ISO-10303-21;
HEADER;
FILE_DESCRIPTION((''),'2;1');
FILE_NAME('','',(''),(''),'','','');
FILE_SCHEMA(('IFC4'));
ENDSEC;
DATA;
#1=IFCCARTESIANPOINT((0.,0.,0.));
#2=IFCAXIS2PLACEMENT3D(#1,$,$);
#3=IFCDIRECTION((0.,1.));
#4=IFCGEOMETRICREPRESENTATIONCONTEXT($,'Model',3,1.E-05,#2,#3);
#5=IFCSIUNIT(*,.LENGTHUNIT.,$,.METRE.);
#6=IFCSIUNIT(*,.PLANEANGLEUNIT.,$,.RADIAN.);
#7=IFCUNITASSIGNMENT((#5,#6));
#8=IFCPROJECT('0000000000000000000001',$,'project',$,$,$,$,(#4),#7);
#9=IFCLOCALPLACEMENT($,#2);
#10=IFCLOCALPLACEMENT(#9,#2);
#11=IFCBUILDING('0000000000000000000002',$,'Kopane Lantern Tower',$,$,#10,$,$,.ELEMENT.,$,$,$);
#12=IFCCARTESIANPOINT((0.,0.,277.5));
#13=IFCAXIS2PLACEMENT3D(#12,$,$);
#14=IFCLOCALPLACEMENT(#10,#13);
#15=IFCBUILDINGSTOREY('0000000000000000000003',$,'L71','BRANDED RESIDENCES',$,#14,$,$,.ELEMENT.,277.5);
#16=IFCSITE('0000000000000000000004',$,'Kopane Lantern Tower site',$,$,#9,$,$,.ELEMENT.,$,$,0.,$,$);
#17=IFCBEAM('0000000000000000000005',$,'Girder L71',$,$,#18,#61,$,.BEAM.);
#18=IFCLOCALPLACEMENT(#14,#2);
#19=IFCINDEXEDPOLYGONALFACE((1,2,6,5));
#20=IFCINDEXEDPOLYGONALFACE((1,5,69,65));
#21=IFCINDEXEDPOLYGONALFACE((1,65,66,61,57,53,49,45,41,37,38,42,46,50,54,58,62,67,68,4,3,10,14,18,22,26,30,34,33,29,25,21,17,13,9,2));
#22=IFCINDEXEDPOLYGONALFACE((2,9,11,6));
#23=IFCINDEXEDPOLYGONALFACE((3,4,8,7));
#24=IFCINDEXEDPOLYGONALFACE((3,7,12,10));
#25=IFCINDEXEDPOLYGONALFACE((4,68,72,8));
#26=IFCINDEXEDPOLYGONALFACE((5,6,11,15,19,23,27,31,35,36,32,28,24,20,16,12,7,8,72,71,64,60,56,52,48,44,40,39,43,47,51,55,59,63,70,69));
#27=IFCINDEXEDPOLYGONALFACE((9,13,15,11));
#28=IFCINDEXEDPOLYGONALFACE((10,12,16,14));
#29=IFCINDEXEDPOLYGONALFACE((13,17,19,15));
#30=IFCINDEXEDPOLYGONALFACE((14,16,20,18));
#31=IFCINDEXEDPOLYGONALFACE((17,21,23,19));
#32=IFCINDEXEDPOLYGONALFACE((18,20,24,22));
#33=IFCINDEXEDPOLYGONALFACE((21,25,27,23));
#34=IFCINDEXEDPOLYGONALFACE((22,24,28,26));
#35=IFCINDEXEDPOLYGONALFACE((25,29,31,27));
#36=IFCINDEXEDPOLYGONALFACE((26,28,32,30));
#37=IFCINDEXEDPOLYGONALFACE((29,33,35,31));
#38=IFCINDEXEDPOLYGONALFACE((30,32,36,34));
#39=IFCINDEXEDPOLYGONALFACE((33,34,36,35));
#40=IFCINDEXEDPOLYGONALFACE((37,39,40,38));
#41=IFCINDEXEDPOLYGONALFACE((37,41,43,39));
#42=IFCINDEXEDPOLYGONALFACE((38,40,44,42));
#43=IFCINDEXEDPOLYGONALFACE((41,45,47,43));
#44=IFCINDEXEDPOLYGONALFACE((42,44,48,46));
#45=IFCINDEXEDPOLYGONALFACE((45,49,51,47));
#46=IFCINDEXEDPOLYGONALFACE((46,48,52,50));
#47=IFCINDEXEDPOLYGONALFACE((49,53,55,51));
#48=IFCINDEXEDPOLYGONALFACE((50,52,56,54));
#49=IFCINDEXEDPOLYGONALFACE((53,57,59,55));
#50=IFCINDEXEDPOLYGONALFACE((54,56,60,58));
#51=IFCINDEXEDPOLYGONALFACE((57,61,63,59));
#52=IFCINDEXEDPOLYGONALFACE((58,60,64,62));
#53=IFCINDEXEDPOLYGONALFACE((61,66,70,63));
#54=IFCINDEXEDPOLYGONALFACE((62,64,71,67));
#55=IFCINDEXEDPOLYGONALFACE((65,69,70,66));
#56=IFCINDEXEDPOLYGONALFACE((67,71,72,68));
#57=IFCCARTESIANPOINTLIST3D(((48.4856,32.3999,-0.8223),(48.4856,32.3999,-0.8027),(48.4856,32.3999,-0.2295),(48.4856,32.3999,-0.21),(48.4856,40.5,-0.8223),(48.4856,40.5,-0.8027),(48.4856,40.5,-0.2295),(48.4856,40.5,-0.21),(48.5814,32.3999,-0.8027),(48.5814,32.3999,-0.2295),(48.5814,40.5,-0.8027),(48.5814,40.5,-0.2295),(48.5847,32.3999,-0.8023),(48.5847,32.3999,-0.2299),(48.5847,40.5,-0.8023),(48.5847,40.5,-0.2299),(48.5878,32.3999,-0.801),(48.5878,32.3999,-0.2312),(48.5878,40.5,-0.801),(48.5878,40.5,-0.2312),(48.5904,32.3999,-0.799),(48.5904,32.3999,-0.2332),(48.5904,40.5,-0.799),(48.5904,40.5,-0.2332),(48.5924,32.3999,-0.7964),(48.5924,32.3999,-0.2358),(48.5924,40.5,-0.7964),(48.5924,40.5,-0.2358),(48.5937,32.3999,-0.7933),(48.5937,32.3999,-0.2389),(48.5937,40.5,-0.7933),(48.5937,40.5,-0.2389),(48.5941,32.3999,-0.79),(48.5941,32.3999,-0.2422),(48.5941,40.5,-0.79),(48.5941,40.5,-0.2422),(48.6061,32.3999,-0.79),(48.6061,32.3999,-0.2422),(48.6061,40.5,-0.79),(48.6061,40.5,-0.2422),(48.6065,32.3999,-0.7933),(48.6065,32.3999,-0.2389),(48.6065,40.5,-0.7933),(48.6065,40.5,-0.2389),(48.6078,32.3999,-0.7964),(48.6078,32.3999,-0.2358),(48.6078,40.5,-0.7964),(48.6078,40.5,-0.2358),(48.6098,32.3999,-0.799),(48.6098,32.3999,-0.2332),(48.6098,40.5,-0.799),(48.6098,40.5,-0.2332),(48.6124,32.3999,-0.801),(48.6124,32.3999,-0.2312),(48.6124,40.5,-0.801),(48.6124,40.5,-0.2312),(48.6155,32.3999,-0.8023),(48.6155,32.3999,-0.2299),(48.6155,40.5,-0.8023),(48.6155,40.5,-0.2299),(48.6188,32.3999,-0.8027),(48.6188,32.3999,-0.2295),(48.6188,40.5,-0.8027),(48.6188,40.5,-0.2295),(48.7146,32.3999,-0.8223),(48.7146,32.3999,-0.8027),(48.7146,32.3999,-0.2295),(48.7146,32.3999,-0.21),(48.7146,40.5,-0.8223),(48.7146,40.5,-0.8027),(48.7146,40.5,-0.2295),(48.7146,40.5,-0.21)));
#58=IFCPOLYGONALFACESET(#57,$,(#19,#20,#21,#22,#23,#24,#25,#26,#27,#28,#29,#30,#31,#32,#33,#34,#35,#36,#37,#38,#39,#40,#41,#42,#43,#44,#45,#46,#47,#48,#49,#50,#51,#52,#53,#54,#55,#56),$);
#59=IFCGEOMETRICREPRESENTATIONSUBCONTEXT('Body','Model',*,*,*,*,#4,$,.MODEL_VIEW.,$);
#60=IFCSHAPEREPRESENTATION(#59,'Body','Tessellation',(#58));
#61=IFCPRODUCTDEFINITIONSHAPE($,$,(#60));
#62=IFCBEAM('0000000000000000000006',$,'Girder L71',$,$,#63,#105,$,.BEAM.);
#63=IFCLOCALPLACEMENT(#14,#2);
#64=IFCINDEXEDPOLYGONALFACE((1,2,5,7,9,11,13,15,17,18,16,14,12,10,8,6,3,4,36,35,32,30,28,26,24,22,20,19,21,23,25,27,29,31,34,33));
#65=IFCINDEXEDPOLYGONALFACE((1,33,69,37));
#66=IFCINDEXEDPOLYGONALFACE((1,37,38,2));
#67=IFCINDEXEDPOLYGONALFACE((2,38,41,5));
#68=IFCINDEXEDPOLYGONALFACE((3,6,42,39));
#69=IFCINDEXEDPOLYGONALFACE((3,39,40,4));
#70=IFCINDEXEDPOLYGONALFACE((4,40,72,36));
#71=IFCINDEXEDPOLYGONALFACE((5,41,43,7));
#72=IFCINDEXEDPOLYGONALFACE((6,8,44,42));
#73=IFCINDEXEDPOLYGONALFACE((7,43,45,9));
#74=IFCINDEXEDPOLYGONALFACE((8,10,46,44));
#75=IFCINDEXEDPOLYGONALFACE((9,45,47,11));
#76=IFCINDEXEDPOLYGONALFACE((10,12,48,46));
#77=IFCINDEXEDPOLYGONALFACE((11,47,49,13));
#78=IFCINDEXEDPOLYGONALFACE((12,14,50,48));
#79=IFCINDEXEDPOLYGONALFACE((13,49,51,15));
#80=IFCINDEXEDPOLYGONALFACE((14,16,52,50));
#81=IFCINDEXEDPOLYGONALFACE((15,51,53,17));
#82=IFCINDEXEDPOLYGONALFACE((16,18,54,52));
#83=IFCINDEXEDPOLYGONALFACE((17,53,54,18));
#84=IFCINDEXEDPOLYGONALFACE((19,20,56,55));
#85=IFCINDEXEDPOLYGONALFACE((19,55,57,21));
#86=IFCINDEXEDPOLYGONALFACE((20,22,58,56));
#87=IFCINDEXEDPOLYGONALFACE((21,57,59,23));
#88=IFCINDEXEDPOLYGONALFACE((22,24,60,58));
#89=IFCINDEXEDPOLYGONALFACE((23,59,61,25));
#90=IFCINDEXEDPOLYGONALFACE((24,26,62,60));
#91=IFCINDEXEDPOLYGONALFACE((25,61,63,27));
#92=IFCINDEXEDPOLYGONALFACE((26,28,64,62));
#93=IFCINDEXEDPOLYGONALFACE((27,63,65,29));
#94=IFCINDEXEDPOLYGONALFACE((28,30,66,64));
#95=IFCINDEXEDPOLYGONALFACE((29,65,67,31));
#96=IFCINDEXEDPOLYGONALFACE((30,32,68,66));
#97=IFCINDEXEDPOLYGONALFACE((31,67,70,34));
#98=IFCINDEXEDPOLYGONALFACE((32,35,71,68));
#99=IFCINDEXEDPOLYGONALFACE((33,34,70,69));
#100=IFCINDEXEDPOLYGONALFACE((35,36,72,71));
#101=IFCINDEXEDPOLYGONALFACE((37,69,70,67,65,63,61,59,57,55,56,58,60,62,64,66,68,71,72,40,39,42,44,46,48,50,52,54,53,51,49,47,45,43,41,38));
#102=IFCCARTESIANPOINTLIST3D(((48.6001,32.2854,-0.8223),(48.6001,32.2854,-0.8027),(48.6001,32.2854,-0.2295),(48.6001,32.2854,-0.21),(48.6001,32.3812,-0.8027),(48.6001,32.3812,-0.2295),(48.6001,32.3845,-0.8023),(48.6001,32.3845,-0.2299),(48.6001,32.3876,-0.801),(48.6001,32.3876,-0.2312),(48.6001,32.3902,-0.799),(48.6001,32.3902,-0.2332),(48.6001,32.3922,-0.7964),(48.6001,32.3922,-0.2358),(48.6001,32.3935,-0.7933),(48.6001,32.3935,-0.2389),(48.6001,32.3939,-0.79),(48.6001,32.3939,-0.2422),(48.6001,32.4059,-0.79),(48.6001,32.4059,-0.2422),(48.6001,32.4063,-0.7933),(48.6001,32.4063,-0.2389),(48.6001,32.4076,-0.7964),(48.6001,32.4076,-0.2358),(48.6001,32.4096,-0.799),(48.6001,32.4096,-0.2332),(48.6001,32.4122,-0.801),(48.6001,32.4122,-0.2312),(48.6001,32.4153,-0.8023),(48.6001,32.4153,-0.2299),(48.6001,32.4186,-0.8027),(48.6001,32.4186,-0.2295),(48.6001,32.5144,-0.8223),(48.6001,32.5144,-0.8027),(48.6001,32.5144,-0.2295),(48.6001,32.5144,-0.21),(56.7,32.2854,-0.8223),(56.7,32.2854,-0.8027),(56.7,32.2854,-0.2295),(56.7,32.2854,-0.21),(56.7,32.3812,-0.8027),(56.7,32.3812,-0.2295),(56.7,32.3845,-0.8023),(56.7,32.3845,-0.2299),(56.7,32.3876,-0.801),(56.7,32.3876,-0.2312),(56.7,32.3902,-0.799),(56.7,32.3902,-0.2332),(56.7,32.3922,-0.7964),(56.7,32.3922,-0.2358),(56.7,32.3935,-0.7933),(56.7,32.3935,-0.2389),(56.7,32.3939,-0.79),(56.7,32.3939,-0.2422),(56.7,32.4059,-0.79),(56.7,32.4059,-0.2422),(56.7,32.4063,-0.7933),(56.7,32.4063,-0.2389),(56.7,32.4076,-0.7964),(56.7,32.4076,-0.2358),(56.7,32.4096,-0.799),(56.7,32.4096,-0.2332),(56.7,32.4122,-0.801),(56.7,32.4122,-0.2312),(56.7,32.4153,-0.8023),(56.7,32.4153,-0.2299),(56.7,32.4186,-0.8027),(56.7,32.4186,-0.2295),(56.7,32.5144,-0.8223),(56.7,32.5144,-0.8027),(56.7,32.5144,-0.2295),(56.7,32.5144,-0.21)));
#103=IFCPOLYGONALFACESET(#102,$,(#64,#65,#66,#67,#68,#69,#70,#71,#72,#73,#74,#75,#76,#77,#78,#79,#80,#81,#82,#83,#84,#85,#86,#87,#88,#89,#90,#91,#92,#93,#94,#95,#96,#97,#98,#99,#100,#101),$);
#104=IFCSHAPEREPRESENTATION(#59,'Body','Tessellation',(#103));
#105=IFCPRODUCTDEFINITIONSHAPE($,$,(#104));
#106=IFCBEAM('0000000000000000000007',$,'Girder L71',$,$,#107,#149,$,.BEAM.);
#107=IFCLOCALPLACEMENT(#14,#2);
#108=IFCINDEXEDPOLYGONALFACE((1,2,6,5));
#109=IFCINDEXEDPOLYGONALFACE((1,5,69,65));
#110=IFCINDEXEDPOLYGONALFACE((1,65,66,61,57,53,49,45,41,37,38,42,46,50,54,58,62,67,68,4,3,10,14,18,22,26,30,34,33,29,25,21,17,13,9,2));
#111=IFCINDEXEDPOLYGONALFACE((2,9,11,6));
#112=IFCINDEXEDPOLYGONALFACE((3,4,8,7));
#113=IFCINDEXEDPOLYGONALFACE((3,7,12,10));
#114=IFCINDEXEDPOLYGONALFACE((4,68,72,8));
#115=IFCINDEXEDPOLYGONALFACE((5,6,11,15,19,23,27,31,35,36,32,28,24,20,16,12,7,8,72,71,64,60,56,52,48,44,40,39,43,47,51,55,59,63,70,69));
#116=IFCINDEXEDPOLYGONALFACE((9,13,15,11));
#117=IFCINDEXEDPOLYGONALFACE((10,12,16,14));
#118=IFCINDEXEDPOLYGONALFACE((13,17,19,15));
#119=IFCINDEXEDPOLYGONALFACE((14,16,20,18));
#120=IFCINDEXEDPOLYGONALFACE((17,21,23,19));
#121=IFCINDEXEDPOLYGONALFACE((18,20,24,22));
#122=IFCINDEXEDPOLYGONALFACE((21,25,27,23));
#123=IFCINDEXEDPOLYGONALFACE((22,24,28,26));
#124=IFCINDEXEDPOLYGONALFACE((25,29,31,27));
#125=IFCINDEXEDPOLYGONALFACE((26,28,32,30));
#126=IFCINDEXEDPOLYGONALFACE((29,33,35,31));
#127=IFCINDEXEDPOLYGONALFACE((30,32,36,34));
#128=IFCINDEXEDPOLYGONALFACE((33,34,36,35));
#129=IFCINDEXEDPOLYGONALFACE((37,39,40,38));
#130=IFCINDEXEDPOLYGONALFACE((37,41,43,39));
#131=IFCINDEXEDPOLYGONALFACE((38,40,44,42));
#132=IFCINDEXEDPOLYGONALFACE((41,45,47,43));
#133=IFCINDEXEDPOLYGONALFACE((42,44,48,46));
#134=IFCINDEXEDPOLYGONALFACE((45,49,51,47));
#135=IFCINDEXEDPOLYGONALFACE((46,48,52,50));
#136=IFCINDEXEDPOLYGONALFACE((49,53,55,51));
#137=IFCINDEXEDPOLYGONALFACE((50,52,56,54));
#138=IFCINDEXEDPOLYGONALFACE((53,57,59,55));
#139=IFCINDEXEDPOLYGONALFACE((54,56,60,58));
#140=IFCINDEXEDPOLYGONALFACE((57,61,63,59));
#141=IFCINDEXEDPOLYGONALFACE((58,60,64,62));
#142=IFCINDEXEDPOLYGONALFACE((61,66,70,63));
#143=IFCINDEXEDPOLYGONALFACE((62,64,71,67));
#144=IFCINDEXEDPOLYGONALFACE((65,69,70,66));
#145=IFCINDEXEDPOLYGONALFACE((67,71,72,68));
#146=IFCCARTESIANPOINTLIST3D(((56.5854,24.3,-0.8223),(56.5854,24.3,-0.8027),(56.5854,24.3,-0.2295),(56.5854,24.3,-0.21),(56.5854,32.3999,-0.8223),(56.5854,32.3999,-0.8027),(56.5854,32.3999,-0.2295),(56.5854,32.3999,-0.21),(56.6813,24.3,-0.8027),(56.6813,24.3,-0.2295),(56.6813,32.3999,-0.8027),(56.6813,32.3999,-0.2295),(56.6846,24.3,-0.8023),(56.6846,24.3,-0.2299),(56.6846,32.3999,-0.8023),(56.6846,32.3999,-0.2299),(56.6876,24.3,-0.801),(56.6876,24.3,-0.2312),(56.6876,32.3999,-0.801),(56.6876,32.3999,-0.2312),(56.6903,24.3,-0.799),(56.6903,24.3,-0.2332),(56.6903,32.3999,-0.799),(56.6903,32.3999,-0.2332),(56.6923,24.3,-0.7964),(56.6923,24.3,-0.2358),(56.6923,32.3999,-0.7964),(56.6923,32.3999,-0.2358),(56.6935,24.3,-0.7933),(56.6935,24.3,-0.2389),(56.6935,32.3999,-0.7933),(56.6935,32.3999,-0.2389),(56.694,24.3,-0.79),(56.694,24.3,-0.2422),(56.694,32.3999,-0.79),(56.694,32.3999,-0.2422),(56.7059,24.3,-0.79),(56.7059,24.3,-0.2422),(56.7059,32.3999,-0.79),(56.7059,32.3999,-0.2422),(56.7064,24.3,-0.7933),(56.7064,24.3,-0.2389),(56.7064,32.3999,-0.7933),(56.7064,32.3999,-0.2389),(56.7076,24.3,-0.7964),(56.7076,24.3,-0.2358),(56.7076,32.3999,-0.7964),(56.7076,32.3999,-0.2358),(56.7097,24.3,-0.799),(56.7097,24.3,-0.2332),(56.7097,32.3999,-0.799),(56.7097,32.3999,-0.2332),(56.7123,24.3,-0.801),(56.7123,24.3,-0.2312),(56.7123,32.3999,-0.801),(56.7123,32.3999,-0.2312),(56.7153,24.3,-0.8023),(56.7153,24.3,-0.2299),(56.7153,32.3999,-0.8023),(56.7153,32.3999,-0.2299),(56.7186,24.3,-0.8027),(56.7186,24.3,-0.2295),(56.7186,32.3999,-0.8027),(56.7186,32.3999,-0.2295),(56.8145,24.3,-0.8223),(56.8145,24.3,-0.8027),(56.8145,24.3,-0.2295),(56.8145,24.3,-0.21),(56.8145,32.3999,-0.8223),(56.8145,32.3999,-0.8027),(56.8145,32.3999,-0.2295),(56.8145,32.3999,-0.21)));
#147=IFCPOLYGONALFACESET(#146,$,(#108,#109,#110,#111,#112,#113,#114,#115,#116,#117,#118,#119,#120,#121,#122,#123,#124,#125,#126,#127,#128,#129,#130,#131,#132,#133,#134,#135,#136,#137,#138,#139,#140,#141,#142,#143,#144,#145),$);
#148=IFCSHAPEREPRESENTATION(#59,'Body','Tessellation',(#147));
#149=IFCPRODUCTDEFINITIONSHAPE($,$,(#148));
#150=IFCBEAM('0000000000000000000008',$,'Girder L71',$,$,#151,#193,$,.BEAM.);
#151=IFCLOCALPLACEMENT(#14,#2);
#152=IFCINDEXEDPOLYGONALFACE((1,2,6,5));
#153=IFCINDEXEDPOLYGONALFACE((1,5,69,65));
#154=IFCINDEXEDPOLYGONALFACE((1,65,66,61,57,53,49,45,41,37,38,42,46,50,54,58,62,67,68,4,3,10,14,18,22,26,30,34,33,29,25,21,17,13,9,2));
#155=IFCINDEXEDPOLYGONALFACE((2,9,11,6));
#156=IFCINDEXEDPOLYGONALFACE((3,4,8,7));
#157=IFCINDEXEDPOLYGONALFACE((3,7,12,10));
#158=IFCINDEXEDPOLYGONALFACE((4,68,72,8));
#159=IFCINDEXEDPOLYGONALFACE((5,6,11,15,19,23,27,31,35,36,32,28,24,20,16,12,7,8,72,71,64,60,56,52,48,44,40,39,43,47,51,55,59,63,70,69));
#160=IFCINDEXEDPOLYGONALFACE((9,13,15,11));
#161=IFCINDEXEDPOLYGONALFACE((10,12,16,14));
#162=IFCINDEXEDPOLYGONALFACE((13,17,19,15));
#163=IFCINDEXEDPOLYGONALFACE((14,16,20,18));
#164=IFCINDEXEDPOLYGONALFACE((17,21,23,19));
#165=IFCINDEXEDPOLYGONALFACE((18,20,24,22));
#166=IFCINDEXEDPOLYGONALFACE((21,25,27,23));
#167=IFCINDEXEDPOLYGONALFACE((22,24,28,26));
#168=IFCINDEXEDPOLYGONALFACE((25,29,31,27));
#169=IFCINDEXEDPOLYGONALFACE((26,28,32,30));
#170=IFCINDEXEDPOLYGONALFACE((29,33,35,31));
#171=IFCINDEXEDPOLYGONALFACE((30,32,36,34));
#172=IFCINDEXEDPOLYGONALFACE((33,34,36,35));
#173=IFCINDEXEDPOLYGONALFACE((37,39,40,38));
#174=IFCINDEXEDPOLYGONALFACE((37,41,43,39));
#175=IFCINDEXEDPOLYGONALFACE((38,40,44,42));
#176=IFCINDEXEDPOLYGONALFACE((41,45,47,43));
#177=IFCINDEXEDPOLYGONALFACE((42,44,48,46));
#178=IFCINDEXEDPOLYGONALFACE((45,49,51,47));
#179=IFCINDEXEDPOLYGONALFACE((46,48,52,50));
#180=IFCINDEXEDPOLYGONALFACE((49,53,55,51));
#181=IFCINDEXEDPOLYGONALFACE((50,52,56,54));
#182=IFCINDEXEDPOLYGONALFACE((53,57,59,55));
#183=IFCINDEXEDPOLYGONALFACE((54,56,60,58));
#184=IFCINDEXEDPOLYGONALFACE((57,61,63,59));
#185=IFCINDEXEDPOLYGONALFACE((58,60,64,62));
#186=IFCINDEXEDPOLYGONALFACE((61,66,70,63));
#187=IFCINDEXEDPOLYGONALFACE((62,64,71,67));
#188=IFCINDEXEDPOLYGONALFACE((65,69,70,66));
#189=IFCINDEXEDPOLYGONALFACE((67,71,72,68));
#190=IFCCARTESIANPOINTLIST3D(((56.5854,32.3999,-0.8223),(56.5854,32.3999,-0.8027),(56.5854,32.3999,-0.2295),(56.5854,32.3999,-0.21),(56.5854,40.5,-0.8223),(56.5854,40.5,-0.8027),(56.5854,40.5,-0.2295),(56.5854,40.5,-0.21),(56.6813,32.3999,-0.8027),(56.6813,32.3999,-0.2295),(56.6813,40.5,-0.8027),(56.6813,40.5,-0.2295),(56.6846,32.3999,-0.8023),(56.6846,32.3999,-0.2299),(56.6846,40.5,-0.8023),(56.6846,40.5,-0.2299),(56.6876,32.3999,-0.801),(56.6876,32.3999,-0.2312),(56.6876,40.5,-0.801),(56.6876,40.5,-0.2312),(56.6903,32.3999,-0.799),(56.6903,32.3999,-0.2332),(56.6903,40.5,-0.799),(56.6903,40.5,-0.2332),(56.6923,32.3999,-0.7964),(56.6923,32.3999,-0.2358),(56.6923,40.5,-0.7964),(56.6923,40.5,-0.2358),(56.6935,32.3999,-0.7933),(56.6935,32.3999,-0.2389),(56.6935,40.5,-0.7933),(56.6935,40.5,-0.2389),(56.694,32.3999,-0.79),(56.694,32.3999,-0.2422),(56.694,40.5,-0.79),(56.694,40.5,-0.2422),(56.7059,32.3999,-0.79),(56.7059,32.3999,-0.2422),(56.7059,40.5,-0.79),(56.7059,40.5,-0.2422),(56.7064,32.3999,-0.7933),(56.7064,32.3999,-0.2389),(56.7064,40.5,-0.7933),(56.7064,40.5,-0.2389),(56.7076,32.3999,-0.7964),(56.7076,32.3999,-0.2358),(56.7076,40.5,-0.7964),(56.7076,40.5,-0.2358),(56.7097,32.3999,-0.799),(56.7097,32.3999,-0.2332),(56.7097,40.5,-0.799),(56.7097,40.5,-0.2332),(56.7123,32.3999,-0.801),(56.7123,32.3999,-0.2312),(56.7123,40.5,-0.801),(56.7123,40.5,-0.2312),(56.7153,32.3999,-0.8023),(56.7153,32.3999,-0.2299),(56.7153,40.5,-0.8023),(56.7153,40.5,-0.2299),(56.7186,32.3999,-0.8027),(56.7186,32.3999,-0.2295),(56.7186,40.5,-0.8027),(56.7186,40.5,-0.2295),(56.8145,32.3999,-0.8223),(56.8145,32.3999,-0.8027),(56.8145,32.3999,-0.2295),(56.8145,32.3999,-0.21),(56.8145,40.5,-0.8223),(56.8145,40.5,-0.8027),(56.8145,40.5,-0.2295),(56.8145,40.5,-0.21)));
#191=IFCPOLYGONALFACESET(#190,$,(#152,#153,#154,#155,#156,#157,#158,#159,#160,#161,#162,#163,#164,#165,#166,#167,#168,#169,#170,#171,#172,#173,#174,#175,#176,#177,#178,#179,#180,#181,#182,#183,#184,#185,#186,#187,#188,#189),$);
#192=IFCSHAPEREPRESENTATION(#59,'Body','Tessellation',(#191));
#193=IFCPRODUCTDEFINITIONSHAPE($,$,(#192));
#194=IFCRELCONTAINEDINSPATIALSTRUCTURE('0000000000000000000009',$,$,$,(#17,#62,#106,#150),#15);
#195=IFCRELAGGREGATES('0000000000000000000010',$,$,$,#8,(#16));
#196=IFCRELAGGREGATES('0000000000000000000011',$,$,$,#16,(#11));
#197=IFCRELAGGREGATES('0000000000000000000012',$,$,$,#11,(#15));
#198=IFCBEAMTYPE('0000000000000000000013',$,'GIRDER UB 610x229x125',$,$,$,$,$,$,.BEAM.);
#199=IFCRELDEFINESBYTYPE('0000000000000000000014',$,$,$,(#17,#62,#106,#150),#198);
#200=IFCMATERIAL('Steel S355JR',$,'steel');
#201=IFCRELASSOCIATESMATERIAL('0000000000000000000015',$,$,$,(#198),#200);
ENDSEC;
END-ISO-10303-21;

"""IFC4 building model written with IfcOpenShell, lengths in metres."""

from ifc_helpers import new_model, si_unit, direction, frame, origin, origin_2d, place, context, subcontext, project, spatial, i_section, extrude, material, material_profile, profile_set, type_object, element, save


model = new_model("IFC4")

# Units and contexts
model_context = context("Model", 3, precision=1e-05, world=origin(), true_north=direction((0.0, 1.0)))
body_context = subcontext(model_context, "Body", "Model", "MODEL_VIEW")
ifc_project = project(units=[si_unit("LENGTHUNIT", "METRE"), si_unit("PLANEANGLEUNIT", "RADIAN")], contexts=[model_context])

# Site, building, storey
site_placement = place(None, origin())
site = spatial("IfcSite", under=ifc_project, at=site_placement, Name="Kopane Lantern Tower site", CompositionType="ELEMENT", RefElevation=0.0)
building_placement = place(site_placement, origin())
building = spatial("IfcBuilding", under=site, at=building_placement, Name="Kopane Lantern Tower", CompositionType="ELEMENT")
storey_placement = place(building_placement, frame((0.0, 0.0, 277.5)))
storey = spatial("IfcBuildingStorey", under=building, at=storey_placement, Name="L71", Description="BRANDED RESIDENCES", CompositionType="ELEMENT", Elevation=277.5)

# Beams
ifc_material_1 = material(Name="Steel S355JR", Category="steel")
ifc_material_profile_1 = material_profile(ifc_material_1, i_section(OverallWidth=0.229, OverallDepth=0.6123, WebThickness=0.012, FlangeThickness=0.0195, FilletRadius=0.0127, at=origin_2d()), Name="UB 610x229x125")
ifc_profile_set_1 = profile_set([ifc_material_profile_1], Name="Steel S355JR")
beam_type = type_object("IfcBeamType", Name="GIRDER UB 610x229x125", PredefinedType="BEAM", material=ifc_profile_set_1)
beam_1_placement = place(storey_placement, frame((48.6001, 32.3999, -0.5161), z_axis=(0.0, 1.0, 0.0), x_axis=(-1.0, 0.0, 0.0)))
element("IfcBeam", 1, at=beam_1_placement, inside=storey, type_object=beam_type, Name="Girder L71", PredefinedType="BEAM", context=body_context, shape_type="SweptSolid", body=[
    extrude(i_section(OverallWidth=0.229, OverallDepth=0.6123, WebThickness=0.012, FlangeThickness=0.0195, FilletRadius=0.0127, at=origin_2d()), origin(), (0.0, 0.0, 1.0), 8.1001),
])
for number, where, z_axis, x_axis, name in (
    (2, (48.6001, 32.3999, -0.5161), (1.0, 0.0, 0.0), (0.0, 1.0, 0.0), "Girder L71"),
    (3, (56.7, 24.3, -0.5161), (0.0, 1.0, 0.0), (-1.0, 0.0, 0.0), "Girder L71"),
):
    element("IfcBeam", number, at=place(storey_placement, frame(where, z_axis=z_axis, x_axis=x_axis)), inside=storey, type_object=beam_type, Name=name, PredefinedType="BEAM", context=body_context, shape_type="SweptSolid", body=[
        extrude(i_section(OverallWidth=0.229, OverallDepth=0.6123, WebThickness=0.012, FlangeThickness=0.0195, FilletRadius=0.0127, at=origin_2d()), origin(), (0.0, 0.0, 1.0), 8.0999),
    ])
beam_2_placement = place(storey_placement, frame((56.7, 32.3999, -0.5161), z_axis=(0.0, 1.0, 0.0), x_axis=(-1.0, 0.0, 0.0)))
element("IfcBeam", 4, at=beam_2_placement, inside=storey, type_object=beam_type, Name="Girder L71", PredefinedType="BEAM", context=body_context, shape_type="SweptSolid", body=[
    extrude(i_section(OverallWidth=0.229, OverallDepth=0.6123, WebThickness=0.012, FlangeThickness=0.0195, FilletRadius=0.0127, at=origin_2d()), origin(), (0.0, 0.0, 1.0), 8.1001),
])

save(model, "model.ifc")
